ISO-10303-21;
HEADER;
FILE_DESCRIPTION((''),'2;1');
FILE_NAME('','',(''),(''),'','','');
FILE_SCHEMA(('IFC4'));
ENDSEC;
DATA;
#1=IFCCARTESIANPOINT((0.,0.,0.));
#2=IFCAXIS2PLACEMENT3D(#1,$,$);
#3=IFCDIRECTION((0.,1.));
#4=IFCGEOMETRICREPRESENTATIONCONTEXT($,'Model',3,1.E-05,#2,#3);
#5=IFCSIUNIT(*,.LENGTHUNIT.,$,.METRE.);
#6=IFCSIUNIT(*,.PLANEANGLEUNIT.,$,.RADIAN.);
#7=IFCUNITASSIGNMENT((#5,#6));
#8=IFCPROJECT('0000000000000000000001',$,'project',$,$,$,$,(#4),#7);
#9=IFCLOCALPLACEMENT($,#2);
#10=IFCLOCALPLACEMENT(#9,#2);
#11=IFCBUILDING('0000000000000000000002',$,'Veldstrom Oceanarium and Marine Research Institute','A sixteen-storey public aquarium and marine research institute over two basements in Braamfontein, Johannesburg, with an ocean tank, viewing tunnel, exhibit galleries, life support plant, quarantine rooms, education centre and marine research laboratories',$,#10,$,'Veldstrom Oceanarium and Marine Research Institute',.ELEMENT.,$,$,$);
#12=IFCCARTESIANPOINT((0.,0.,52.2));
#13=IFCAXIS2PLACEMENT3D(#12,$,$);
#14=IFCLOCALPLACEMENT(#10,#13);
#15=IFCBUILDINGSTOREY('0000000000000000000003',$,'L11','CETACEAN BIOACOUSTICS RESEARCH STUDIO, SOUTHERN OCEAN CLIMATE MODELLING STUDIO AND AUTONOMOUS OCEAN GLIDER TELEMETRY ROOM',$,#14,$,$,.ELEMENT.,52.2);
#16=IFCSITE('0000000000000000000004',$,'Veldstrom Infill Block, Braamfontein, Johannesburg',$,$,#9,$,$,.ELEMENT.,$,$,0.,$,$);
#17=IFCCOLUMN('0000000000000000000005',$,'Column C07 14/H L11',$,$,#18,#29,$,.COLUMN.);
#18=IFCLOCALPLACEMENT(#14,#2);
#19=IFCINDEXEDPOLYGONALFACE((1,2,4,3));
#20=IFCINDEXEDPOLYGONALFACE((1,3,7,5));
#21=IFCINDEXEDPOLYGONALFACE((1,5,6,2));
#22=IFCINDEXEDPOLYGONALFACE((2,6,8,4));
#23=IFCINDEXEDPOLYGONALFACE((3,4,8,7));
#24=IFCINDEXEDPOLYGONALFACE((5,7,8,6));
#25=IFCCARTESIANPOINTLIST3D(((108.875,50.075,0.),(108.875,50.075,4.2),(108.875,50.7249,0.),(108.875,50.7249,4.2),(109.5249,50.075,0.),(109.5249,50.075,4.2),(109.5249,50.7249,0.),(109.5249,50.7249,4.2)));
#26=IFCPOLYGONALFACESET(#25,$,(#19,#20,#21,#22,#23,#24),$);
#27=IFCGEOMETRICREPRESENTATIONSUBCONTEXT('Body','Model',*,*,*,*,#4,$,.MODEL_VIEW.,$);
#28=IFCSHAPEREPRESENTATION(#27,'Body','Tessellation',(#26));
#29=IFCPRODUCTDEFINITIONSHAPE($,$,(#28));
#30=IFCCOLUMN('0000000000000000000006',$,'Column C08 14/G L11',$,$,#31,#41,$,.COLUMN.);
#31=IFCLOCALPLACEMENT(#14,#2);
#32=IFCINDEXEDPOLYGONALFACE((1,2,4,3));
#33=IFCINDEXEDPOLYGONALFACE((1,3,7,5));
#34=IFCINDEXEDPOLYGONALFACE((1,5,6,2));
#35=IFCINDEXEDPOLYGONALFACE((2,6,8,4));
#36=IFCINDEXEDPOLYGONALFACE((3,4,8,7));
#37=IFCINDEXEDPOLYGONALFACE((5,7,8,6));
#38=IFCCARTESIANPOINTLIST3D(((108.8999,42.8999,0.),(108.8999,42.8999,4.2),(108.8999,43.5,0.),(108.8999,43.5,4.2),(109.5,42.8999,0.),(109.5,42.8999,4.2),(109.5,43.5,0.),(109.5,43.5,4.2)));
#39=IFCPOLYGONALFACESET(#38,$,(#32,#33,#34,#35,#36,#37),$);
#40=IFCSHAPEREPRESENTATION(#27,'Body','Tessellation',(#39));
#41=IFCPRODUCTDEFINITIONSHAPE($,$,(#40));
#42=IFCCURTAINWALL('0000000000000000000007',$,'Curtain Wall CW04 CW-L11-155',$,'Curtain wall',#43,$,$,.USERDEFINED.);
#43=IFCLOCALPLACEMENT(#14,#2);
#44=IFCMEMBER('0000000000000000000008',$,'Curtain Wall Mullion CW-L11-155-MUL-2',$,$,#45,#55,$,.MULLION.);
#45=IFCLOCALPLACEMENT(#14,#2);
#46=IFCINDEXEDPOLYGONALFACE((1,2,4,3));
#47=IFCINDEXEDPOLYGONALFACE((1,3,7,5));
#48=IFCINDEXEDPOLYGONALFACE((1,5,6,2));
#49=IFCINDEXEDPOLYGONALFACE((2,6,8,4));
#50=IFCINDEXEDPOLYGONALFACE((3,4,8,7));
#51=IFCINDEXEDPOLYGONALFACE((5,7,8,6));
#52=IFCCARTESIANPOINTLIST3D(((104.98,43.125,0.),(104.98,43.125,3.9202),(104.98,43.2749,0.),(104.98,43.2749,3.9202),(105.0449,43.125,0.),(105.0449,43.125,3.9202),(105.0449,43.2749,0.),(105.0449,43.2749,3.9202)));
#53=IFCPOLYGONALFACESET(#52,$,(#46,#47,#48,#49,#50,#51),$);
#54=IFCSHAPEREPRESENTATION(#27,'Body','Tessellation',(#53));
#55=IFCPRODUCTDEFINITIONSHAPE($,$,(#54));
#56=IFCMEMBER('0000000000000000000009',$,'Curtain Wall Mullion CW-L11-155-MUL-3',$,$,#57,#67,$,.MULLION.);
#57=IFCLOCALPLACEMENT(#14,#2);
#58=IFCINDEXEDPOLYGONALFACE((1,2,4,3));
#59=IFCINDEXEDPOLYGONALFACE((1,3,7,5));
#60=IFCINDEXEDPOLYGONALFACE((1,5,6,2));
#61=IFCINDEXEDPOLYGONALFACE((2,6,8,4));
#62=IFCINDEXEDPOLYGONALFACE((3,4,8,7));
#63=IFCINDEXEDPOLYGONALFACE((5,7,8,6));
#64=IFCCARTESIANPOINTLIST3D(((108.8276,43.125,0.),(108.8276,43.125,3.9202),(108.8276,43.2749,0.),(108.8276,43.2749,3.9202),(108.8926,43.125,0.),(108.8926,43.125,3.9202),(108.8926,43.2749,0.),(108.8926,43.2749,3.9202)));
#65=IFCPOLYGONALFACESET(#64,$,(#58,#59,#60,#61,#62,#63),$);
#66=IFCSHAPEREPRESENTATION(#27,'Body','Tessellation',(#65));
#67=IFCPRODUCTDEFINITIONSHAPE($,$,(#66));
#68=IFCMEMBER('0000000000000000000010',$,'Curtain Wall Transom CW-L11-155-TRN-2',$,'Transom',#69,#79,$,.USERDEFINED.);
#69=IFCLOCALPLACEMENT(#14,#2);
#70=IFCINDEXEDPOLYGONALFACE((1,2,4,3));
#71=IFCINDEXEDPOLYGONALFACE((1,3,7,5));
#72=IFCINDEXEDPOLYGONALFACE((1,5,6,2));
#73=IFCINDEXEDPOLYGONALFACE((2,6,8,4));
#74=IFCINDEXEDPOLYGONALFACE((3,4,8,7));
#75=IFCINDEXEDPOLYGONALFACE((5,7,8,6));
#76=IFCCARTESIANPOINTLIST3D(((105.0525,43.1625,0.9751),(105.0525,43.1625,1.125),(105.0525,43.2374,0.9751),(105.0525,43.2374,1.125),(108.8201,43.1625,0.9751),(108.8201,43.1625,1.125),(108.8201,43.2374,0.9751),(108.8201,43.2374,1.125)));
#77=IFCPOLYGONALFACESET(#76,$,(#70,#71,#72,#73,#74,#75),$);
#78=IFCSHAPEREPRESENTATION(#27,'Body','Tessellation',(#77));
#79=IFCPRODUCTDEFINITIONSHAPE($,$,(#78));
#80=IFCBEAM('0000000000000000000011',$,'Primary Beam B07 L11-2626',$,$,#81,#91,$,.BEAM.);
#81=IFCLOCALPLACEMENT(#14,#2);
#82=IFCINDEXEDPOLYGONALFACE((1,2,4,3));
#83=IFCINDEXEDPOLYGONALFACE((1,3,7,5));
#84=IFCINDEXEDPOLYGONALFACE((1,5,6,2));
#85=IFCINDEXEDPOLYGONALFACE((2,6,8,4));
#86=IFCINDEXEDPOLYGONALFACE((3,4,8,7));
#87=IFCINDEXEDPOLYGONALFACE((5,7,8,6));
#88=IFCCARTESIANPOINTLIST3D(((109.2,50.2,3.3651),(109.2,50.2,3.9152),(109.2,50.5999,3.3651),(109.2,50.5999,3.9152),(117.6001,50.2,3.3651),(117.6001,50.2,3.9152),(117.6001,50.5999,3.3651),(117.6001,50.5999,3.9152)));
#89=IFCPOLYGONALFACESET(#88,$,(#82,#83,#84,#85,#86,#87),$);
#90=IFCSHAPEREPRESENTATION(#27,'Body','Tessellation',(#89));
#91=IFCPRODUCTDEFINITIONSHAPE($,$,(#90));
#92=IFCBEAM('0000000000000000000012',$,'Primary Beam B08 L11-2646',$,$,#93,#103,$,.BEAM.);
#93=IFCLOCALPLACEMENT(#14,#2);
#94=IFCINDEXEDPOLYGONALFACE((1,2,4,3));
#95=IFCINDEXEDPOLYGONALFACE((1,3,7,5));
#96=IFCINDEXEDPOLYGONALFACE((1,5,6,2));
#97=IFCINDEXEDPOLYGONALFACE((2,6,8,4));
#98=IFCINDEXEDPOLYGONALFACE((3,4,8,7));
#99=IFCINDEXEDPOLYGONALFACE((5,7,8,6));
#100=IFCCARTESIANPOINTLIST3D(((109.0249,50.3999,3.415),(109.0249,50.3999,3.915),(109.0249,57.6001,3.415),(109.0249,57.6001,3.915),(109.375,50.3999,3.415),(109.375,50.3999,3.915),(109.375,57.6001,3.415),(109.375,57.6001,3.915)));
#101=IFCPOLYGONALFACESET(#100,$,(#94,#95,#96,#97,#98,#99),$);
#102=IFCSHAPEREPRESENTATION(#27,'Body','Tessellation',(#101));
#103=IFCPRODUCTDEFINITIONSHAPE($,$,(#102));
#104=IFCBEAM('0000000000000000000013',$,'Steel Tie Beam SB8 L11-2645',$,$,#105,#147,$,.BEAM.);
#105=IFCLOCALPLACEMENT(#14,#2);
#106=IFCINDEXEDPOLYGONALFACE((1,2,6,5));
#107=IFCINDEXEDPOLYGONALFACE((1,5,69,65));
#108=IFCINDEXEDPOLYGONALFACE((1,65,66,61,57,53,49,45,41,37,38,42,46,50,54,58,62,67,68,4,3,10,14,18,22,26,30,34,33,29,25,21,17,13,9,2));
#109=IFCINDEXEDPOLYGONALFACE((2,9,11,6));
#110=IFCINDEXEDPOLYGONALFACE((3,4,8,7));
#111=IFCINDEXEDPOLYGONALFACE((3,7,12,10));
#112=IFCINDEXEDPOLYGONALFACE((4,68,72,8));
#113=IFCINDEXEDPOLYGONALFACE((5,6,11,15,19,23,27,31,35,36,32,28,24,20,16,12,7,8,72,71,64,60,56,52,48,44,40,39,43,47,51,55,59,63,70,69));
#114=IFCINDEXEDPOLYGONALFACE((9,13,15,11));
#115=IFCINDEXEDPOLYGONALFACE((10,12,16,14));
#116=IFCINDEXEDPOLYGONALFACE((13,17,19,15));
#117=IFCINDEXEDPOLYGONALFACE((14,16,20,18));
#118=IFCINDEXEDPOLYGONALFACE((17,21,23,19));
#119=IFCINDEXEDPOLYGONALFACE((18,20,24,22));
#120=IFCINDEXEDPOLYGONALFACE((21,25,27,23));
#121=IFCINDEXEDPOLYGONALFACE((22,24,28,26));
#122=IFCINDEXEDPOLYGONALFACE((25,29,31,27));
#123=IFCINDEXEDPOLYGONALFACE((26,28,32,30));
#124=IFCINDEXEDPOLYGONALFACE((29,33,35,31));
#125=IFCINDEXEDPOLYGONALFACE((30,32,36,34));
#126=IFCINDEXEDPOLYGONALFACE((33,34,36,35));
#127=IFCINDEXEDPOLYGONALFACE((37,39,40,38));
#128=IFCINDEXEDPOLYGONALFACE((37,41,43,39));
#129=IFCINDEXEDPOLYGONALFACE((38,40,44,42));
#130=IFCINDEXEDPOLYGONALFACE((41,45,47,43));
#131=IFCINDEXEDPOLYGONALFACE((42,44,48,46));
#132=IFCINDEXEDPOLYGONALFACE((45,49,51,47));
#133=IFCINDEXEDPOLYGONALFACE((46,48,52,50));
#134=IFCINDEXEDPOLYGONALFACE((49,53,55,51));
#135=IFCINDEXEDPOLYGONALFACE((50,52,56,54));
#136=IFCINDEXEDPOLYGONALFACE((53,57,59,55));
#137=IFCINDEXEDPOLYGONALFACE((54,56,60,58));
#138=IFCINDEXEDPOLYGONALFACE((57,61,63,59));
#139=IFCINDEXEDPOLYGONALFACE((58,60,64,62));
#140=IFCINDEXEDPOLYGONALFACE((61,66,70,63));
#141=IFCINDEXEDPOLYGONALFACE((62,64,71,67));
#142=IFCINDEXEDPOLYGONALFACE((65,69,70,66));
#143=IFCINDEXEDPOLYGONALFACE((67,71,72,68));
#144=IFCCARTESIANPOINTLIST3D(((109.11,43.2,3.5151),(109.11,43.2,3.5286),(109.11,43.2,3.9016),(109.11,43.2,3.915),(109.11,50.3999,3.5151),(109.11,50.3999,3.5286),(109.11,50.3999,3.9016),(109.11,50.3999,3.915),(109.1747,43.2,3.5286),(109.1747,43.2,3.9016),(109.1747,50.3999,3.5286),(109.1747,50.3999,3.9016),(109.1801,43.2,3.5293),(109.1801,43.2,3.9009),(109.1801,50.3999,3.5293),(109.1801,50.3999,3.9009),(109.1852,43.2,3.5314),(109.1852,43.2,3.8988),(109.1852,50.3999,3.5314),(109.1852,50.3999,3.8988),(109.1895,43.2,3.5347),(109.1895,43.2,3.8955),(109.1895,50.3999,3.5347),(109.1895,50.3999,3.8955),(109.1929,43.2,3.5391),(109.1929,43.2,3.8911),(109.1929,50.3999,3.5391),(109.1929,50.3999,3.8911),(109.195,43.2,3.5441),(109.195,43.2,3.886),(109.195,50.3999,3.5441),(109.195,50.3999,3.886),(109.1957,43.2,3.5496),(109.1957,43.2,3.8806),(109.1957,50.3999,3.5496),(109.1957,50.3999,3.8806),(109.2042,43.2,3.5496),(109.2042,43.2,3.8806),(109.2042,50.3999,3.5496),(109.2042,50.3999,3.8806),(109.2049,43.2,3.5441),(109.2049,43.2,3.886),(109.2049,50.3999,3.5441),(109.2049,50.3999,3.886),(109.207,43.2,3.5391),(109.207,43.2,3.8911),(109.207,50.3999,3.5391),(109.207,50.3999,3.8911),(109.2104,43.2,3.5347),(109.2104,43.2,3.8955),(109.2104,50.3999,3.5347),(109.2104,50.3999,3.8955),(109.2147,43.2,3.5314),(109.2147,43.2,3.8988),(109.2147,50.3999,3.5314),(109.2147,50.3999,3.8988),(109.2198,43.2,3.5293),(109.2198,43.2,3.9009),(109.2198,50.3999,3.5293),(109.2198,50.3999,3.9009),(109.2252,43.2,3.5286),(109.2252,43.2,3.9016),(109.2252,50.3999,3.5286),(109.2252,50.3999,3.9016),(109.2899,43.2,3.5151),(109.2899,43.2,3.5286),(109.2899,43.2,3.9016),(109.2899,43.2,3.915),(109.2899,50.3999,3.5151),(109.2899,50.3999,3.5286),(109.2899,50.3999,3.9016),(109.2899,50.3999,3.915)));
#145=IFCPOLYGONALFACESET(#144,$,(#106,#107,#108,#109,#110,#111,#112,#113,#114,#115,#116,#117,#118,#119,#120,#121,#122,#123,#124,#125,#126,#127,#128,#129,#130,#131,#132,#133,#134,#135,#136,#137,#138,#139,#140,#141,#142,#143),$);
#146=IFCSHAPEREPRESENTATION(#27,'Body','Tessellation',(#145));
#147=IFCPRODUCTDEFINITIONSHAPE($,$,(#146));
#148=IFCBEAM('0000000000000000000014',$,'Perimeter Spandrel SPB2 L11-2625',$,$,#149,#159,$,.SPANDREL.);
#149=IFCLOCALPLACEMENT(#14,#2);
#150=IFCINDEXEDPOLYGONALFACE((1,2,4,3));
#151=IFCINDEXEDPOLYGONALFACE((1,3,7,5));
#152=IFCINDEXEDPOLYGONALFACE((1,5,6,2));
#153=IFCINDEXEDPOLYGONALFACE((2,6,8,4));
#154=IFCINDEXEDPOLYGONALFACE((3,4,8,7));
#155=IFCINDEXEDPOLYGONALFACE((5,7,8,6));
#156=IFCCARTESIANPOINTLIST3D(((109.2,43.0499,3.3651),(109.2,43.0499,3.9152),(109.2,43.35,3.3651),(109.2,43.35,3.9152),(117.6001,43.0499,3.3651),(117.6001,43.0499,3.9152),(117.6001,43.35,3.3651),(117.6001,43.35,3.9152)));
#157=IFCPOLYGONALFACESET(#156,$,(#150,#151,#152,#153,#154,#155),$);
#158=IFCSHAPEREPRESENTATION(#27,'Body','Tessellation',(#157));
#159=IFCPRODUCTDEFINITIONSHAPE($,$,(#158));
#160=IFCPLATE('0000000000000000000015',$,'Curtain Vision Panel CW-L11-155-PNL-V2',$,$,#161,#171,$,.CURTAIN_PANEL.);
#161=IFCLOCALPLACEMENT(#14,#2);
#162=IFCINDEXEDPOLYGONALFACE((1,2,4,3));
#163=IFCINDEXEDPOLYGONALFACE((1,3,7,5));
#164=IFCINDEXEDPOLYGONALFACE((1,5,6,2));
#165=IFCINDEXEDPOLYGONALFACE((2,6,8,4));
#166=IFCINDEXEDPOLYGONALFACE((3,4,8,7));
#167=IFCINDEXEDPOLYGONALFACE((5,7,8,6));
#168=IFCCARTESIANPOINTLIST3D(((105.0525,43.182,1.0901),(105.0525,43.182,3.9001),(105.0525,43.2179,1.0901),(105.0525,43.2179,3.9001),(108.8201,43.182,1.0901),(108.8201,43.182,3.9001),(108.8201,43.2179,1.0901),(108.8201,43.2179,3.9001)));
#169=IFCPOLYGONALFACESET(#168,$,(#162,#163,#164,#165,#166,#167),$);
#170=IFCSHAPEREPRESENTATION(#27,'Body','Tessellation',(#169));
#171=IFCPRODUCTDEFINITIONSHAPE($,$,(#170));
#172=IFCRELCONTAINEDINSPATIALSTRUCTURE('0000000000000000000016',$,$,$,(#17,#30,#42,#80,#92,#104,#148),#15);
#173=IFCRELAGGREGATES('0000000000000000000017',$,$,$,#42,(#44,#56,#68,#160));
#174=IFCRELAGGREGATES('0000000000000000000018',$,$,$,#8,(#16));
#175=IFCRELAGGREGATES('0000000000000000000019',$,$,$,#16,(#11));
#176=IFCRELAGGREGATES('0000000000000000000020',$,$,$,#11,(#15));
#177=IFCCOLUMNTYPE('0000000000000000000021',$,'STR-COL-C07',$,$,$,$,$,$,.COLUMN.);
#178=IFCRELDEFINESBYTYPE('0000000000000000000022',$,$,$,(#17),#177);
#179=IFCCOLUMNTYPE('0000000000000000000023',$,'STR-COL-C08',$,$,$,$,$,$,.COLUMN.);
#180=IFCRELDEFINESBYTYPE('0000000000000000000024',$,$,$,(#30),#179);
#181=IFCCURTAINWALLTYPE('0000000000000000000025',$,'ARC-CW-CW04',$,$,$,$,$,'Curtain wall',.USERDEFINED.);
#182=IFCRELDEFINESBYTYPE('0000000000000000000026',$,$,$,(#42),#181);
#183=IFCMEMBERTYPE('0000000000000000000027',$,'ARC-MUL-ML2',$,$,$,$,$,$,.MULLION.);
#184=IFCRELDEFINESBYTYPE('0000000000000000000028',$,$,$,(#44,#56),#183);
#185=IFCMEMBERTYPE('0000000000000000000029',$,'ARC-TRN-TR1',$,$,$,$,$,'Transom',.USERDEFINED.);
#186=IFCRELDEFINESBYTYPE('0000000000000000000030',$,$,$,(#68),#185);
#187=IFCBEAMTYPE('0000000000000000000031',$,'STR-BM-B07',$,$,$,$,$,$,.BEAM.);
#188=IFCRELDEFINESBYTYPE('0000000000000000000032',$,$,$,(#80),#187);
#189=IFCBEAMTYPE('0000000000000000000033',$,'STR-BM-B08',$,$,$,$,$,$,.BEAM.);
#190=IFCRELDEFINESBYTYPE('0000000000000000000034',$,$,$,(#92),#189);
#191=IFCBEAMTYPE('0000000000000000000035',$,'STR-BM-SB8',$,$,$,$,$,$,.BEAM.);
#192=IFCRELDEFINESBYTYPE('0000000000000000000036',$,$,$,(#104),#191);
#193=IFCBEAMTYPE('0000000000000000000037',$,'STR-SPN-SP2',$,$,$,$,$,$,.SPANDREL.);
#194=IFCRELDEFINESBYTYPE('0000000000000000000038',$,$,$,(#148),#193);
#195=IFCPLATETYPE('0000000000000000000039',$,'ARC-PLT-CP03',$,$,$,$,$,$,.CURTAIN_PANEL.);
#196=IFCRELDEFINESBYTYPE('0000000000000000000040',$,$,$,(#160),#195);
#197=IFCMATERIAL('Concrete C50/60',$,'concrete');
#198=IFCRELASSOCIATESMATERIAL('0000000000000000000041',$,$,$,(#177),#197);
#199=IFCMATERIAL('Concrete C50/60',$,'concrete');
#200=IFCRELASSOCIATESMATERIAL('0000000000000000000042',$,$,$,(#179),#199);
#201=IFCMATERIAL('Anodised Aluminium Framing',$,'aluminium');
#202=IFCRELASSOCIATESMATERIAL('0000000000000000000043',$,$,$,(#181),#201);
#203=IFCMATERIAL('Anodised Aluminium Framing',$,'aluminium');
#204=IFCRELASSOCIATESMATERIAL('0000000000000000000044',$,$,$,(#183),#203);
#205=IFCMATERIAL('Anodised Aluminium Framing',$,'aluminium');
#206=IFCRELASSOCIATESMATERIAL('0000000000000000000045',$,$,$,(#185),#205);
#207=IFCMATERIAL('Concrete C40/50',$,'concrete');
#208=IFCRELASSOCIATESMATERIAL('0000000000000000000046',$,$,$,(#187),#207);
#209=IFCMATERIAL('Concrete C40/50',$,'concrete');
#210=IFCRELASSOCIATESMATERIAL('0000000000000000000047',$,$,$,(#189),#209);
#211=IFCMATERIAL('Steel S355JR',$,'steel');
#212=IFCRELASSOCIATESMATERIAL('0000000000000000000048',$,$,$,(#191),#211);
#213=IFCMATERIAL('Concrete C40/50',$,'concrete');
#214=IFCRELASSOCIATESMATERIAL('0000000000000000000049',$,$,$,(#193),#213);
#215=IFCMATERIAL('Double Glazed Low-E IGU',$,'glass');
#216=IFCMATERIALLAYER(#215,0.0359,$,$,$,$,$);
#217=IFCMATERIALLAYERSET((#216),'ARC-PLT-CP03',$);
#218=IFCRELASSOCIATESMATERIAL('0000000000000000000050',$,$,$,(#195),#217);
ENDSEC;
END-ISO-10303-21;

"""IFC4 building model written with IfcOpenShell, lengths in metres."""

from ifc_helpers import new_model, si_unit, direction, frame, origin, origin_2d, place, context, subcontext, project, spatial, rectangle, i_section, extrude, material, layer, layer_set, material_profile, profile_set, type_object, element, aggregate, save


model = new_model("IFC4")

# Units and contexts
model_context = context("Model", 3, precision=1e-05, world=origin(), true_north=direction((0.0, 1.0)))
body_context = subcontext(model_context, "Body", "Model", "MODEL_VIEW")
ifc_project = project(units=[si_unit("LENGTHUNIT", "METRE"), si_unit("PLANEANGLEUNIT", "RADIAN")], contexts=[model_context])

# Site, building, storey
site_placement = place(None, origin())
site = spatial("IfcSite", under=ifc_project, at=site_placement, Name="Veldstrom Infill Block, Braamfontein, Johannesburg", CompositionType="ELEMENT", RefElevation=0.0)
building_placement = place(site_placement, origin())
building = spatial("IfcBuilding", under=site, at=building_placement, Name="Veldstrom Oceanarium and Marine Research Institute", Description="A sixteen-storey public aquarium and marine research institute over two basements in Braamfontein, Johannesburg, with an ocean tank, viewing tunnel, exhibit galleries, life support plant, quarantine rooms, education centre and marine research laboratories", LongName="Veldstrom Oceanarium and Marine Research Institute", CompositionType="ELEMENT")
storey_placement = place(building_placement, frame((0.0, 0.0, 52.2)))
storey = spatial("IfcBuildingStorey", under=building, at=storey_placement, Name="L11", Description="CETACEAN BIOACOUSTICS RESEARCH STUDIO, SOUTHERN OCEAN CLIMATE MODELLING STUDIO AND AUTONOMOUS OCEAN GLIDER TELEMETRY ROOM", CompositionType="ELEMENT", Elevation=52.2)

# Columns
ifc_material_1 = material(Name="Concrete C50/60", Category="concrete")
ifc_material_profile_1 = material_profile(ifc_material_1, rectangle(XDim=0.6499, YDim=0.6499, at=origin_2d()), Name="RC-COL-650x650")
ifc_profile_set_1 = profile_set([ifc_material_profile_1], Name="Concrete C50/60")
column_type_1 = type_object("IfcColumnType", Name="STR-COL-C07", PredefinedType="COLUMN", material=ifc_profile_set_1)
column_1_placement = place(storey_placement, frame((109.2, 50.3999, 0.0), z_axis=(0.0, 0.0, 1.0), x_axis=(1.0, 0.0, 0.0)))
element("IfcColumn", 1, at=column_1_placement, inside=storey, type_object=column_type_1, Name="Column C07 14/H L11", PredefinedType="COLUMN", context=body_context, shape_type="SweptSolid", body=[
    extrude(rectangle(XDim=0.6499, YDim=0.6499, at=origin_2d()), origin(), (0.0, 0.0, 1.0), 4.2),
])
ifc_material_2 = material(Name="Concrete C50/60", Category="concrete")
ifc_material_profile_2 = material_profile(ifc_material_2, rectangle(XDim=0.6001, YDim=0.6001, at=origin_2d()), Name="RC-COL-600x600")
ifc_profile_set_2 = profile_set([ifc_material_profile_2], Name="Concrete C50/60")
column_type_2 = type_object("IfcColumnType", Name="STR-COL-C08", PredefinedType="COLUMN", material=ifc_profile_set_2)
column_2_placement = place(storey_placement, frame((109.2, 43.2, 0.0), z_axis=(0.0, 0.0, 1.0), x_axis=(1.0, 0.0, 0.0)))
element("IfcColumn", 2, at=column_2_placement, inside=storey, type_object=column_type_2, Name="Column C08 14/G L11", PredefinedType="COLUMN", context=body_context, shape_type="SweptSolid", body=[
    extrude(rectangle(XDim=0.6001, YDim=0.6001, at=origin_2d()), origin(), (0.0, 0.0, 1.0), 4.2),
])

# Curtain wall, members
ifc_material_3 = material(Name="Anodised Aluminium Framing", Category="aluminium")
curtain_wall_type = type_object("IfcCurtainWallType", Name="ARC-CW-CW04", ElementType="Curtain wall", PredefinedType="USERDEFINED", material=ifc_material_3)
curtain_wall_placement = place(storey_placement, origin())
curtain_wall = element("IfcCurtainWall", 3, at=curtain_wall_placement, inside=storey, type_object=curtain_wall_type, Name="Curtain Wall CW04 CW-L11-155", ObjectType="Curtain wall", PredefinedType="USERDEFINED")
ifc_material_4 = material(Name="Anodised Aluminium Framing", Category="aluminium")
ifc_material_profile_3 = material_profile(ifc_material_4, rectangle(XDim=0.0649, YDim=0.1499, at=origin_2d()), Name="ALU-MUL-65x150")
ifc_profile_set_3 = profile_set([ifc_material_profile_3], Name="Anodised Aluminium Framing")
member_type_1 = type_object("IfcMemberType", Name="ARC-MUL-ML2", PredefinedType="MULLION", material=ifc_profile_set_3)
member_1_placement = place(storey_placement, frame((105.0125, 43.2, 0.0), z_axis=(0.0, 0.0, 1.0), x_axis=(1.0, 0.0, 0.0)))
member_1 = element("IfcMember", 4, at=member_1_placement, type_object=member_type_1, Name="Curtain Wall Mullion CW-L11-155-MUL-2", PredefinedType="MULLION", context=body_context, shape_type="SweptSolid", body=[
    extrude(rectangle(XDim=0.0649, YDim=0.1499, at=origin_2d()), origin(), (0.0, 0.0, 1.0), 3.9202),
])
member_2_placement = place(storey_placement, frame((108.8601, 43.2, 0.0), z_axis=(0.0, 0.0, 1.0), x_axis=(1.0, 0.0, 0.0)))
member_2 = element("IfcMember", 5, at=member_2_placement, type_object=member_type_1, Name="Curtain Wall Mullion CW-L11-155-MUL-3", PredefinedType="MULLION", context=body_context, shape_type="SweptSolid", body=[
    extrude(rectangle(XDim=0.0649, YDim=0.1499, at=origin_2d()), origin(), (0.0, 0.0, 1.0), 3.9202),
])
ifc_material_5 = material(Name="Anodised Aluminium Framing", Category="aluminium")
ifc_material_profile_4 = material_profile(ifc_material_5, rectangle(XDim=0.075, YDim=0.1499, at=origin_2d()), Name="ALU-TRN-75x150")
ifc_profile_set_4 = profile_set([ifc_material_profile_4], Name="Anodised Aluminium Framing")
member_type_2 = type_object("IfcMemberType", Name="ARC-TRN-TR1", ElementType="Transom", PredefinedType="USERDEFINED", material=ifc_profile_set_4)
member_3_placement = place(storey_placement, frame((105.0525, 43.2, 1.05), z_axis=(1.0, 0.0, 0.0), x_axis=(0.0, 1.0, 0.0)))
member_3 = element("IfcMember", 6, at=member_3_placement, type_object=member_type_2, Name="Curtain Wall Transom CW-L11-155-TRN-2", ObjectType="Transom", PredefinedType="USERDEFINED", context=body_context, shape_type="SweptSolid", body=[
    extrude(rectangle(XDim=0.075, YDim=0.1499, at=origin_2d()), origin(), (0.0, 0.0, 1.0), 3.7676),
])

# Beams
ifc_material_6 = material(Name="Concrete C40/50", Category="concrete")
ifc_material_profile_5 = material_profile(ifc_material_6, rectangle(XDim=0.3999, YDim=0.55, at=origin_2d()), Name="RC-BM-400x550")
ifc_profile_set_5 = profile_set([ifc_material_profile_5], Name="Concrete C40/50")
beam_type_1 = type_object("IfcBeamType", Name="STR-BM-B07", PredefinedType="BEAM", material=ifc_profile_set_5)
beam_1_placement = place(storey_placement, frame((109.2, 50.3999, 3.6401), z_axis=(1.0, 0.0, 0.0), x_axis=(0.0, 1.0, 0.0)))
element("IfcBeam", 7, at=beam_1_placement, inside=storey, type_object=beam_type_1, Name="Primary Beam B07 L11-2626", PredefinedType="BEAM", context=body_context, shape_type="SweptSolid", body=[
    extrude(rectangle(XDim=0.3999, YDim=0.55, at=origin_2d()), origin(), (0.0, 0.0, 1.0), 8.4001),
])
ifc_material_7 = material(Name="Concrete C40/50", Category="concrete")
ifc_material_profile_6 = material_profile(ifc_material_7, rectangle(XDim=0.3501, YDim=0.5, at=origin_2d()), Name="RC-BM-350x500")
ifc_profile_set_6 = profile_set([ifc_material_profile_6], Name="Concrete C40/50")
beam_type_2 = type_object("IfcBeamType", Name="STR-BM-B08", PredefinedType="BEAM", material=ifc_profile_set_6)
beam_2_placement = place(storey_placement, frame((109.2, 50.3999, 3.665), z_axis=(0.0, 1.0, 0.0), x_axis=(-1.0, 0.0, 0.0)))
element("IfcBeam", 8, at=beam_2_placement, inside=storey, type_object=beam_type_2, Name="Primary Beam B08 L11-2646", PredefinedType="BEAM", context=body_context, shape_type="SweptSolid", body=[
    extrude(rectangle(XDim=0.3501, YDim=0.5, at=origin_2d()), origin(), (0.0, 0.0, 1.0), 7.2002),
])
ifc_material_8 = material(Name="Steel S355JR", Category="steel")
ifc_material_profile_7 = material_profile(ifc_material_8, i_section(OverallWidth=0.1799, OverallDepth=0.3999, WebThickness=0.0085, FlangeThickness=0.0134, FilletRadius=0.021, at=origin_2d()), Name="IPE 400")
ifc_profile_set_7 = profile_set([ifc_material_profile_7], Name="Steel S355JR")
beam_type_3 = type_object("IfcBeamType", Name="STR-BM-SB8", PredefinedType="BEAM", material=ifc_profile_set_7)
beam_3_placement = place(storey_placement, frame((109.2, 43.2, 3.7151), z_axis=(0.0, 1.0, 0.0), x_axis=(-1.0, 0.0, 0.0)))
element("IfcBeam", 9, at=beam_3_placement, inside=storey, type_object=beam_type_3, Name="Steel Tie Beam SB8 L11-2645", PredefinedType="BEAM", context=body_context, shape_type="SweptSolid", body=[
    extrude(i_section(OverallWidth=0.1799, OverallDepth=0.3999, WebThickness=0.0085, FlangeThickness=0.0134, FilletRadius=0.021, at=origin_2d()), origin(), (0.0, 0.0, 1.0), 7.2),
])
ifc_material_9 = material(Name="Concrete C40/50", Category="concrete")
ifc_material_profile_8 = material_profile(ifc_material_9, rectangle(XDim=0.3, YDim=0.55, at=origin_2d()), Name="RC-SPN-300x550")
ifc_profile_set_8 = profile_set([ifc_material_profile_8], Name="Concrete C40/50")
beam_type_4 = type_object("IfcBeamType", Name="STR-SPN-SP2", PredefinedType="SPANDREL", material=ifc_profile_set_8)
beam_4_placement = place(storey_placement, frame((109.2, 43.2, 3.6401), z_axis=(1.0, 0.0, 0.0), x_axis=(0.0, 1.0, 0.0)))
element("IfcBeam", 10, at=beam_4_placement, inside=storey, type_object=beam_type_4, Name="Perimeter Spandrel SPB2 L11-2625", PredefinedType="SPANDREL", context=body_context, shape_type="SweptSolid", body=[
    extrude(rectangle(XDim=0.3, YDim=0.55, at=origin_2d()), origin(), (0.0, 0.0, 1.0), 8.4001),
])

# Plate
ifc_material_10 = material(Name="Double Glazed Low-E IGU", Category="glass")
ifc_layer_1 = layer(ifc_material_10, 0.0359)
ifc_layer_set_1 = layer_set([ifc_layer_1], Name="ARC-PLT-CP03")
plate_type_1 = type_object("IfcPlateType", Name="ARC-PLT-CP03", PredefinedType="CURTAIN_PANEL", material=ifc_layer_set_1)
plate_1_placement = place(storey_placement, frame((106.9363, 43.2, 1.0901), z_axis=(0.0, 0.0, 1.0), x_axis=(1.0, 0.0, 0.0)))
plate_1 = element("IfcPlate", 11, at=plate_1_placement, type_object=plate_type_1, Name="Curtain Vision Panel CW-L11-155-PNL-V2", PredefinedType="CURTAIN_PANEL", context=body_context, shape_type="SweptSolid", body=[
    extrude(rectangle(XDim=3.7676, YDim=0.0359, at=origin_2d()), origin(), (0.0, 0.0, 1.0), 2.8101),
])
aggregate(curtain_wall, [member_1, member_2, member_3, plate_1])

save(model, "model.ifc")
